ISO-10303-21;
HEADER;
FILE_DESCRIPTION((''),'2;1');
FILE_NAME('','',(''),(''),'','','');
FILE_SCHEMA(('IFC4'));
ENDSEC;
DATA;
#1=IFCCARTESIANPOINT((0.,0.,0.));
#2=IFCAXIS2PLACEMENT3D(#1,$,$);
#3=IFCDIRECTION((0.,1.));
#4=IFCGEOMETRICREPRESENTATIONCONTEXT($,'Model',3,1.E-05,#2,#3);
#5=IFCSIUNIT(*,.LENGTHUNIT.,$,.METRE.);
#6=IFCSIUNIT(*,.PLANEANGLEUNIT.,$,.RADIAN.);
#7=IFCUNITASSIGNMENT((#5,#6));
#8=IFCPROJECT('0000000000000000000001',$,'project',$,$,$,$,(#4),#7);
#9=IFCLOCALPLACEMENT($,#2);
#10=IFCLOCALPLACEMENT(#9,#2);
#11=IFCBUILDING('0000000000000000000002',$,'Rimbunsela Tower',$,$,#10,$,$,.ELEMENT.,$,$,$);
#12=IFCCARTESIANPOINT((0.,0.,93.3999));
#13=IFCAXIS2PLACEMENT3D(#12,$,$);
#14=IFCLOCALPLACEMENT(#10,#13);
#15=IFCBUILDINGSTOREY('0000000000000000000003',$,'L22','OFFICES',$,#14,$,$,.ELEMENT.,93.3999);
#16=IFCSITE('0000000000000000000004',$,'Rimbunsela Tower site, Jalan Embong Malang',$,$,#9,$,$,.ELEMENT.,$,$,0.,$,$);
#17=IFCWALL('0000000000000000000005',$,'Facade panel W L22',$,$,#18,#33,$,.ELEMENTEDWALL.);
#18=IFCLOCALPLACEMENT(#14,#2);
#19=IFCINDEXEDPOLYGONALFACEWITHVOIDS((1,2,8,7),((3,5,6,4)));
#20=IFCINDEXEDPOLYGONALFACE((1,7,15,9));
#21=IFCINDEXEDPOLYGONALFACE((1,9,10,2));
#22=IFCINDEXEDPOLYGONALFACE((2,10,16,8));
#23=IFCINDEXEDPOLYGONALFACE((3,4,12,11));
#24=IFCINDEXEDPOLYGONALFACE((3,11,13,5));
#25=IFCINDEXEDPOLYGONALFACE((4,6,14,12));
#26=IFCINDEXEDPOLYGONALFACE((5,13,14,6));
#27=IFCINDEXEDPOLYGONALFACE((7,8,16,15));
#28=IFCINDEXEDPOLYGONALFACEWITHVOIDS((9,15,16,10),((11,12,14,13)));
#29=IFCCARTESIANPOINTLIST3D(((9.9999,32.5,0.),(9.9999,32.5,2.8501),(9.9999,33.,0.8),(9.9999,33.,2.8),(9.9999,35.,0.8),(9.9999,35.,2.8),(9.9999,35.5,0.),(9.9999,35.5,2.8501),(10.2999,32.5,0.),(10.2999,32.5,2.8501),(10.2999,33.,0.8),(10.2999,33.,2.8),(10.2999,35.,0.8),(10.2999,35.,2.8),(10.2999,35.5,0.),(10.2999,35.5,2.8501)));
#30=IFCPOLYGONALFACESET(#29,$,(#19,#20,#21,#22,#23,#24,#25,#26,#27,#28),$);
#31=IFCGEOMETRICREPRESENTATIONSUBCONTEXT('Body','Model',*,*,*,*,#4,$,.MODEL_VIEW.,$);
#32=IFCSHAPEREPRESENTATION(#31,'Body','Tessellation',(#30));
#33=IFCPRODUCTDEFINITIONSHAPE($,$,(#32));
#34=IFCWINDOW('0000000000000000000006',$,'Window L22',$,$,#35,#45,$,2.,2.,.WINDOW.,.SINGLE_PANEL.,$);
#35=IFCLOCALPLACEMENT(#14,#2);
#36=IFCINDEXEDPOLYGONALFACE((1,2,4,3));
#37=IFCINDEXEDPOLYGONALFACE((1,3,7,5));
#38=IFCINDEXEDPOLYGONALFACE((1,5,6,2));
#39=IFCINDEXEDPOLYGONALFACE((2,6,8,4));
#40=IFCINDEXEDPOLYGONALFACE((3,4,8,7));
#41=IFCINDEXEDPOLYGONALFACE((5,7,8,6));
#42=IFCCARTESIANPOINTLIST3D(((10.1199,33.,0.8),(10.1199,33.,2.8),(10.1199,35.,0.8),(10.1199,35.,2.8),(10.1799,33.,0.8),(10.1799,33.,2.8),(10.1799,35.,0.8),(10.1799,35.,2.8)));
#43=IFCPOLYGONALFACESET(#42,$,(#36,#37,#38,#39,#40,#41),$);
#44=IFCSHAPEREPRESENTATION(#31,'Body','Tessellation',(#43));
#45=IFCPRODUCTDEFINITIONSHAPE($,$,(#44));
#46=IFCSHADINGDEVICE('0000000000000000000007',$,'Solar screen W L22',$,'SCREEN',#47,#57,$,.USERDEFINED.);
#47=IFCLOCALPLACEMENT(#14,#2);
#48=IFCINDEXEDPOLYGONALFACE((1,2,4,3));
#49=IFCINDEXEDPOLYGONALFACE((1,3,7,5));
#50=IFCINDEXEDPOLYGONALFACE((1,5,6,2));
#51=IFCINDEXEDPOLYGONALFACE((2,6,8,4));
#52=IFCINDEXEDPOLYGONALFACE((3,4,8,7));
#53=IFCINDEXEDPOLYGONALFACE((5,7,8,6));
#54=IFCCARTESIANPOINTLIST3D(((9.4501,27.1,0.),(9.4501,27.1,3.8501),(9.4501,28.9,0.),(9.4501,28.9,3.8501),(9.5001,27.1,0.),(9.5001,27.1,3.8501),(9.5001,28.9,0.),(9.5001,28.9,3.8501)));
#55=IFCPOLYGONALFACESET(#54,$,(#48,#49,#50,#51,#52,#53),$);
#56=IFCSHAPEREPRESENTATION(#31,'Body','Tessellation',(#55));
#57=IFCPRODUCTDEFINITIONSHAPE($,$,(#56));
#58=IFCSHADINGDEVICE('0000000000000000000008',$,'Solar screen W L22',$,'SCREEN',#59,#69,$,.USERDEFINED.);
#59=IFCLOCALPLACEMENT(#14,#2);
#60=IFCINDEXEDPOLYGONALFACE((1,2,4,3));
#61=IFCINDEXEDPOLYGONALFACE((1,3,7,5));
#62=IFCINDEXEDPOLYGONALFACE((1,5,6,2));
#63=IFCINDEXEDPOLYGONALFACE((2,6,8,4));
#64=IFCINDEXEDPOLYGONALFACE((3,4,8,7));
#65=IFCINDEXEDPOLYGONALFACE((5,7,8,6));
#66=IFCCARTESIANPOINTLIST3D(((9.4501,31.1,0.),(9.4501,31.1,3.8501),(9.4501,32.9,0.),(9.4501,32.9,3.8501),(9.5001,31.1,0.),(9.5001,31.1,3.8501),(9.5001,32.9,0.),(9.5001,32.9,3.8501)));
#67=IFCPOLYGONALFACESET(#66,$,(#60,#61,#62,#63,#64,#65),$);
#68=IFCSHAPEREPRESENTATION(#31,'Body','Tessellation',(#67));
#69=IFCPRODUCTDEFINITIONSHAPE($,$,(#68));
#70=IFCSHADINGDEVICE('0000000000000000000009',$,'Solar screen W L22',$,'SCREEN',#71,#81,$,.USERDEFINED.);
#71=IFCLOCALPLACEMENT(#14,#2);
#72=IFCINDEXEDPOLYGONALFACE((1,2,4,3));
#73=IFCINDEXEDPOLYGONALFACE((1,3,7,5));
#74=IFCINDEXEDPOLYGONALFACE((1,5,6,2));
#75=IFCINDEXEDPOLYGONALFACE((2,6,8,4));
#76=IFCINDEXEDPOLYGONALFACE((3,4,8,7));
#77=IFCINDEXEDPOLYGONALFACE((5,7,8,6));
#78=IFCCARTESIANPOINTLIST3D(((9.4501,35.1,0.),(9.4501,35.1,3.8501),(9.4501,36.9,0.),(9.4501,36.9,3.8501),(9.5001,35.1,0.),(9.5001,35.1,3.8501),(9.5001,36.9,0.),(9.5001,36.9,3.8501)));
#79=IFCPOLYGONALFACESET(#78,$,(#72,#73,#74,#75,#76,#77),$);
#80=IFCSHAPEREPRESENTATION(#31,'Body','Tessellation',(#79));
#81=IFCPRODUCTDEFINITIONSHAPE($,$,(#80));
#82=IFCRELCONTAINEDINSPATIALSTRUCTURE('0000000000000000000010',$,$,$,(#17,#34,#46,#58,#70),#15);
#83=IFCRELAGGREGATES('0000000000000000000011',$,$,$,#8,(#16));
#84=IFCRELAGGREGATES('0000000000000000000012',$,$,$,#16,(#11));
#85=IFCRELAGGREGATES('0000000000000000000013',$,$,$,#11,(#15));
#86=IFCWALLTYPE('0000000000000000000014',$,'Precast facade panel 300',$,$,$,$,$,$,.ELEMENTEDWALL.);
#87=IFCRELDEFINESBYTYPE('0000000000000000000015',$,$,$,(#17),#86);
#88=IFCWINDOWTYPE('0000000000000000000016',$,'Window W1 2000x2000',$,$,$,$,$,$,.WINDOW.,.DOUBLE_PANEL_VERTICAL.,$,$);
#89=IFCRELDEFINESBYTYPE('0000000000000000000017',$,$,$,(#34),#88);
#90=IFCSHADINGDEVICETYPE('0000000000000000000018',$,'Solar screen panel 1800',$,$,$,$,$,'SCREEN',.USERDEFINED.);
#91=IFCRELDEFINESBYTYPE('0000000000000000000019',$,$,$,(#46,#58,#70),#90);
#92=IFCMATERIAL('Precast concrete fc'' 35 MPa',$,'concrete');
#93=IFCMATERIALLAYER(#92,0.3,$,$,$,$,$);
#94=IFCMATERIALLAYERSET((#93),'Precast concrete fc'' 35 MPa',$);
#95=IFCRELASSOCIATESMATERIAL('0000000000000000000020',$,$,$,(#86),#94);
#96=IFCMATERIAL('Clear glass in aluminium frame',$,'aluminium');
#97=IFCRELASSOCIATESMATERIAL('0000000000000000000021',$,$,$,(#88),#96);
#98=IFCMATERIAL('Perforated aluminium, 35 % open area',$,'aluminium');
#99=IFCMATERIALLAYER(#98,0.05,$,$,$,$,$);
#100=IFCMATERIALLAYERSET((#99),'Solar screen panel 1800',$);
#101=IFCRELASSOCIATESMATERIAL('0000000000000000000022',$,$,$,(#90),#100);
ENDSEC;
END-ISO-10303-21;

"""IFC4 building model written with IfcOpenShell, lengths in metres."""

from ifc_helpers import new_model, si_unit, direction, frame, frame_2d, origin, origin_2d, place, context, subcontext, project, spatial, rectangle, extrude, material, layer, layer_set, type_object, element, fill, save


model = new_model("IFC4")

# Units and contexts
model_context = context("Model", 3, precision=1e-05, world=origin(), true_north=direction((0.0, 1.0)))
body_context = subcontext(model_context, "Body", "Model", "MODEL_VIEW")
ifc_project = project(units=[si_unit("LENGTHUNIT", "METRE"), si_unit("PLANEANGLEUNIT", "RADIAN")], contexts=[model_context])

# Site, building, storey
site_placement = place(None, origin())
site = spatial("IfcSite", under=ifc_project, at=site_placement, Name="Rimbunsela Tower site, Jalan Embong Malang", CompositionType="ELEMENT", RefElevation=0.0)
building_placement = place(site_placement, origin())
building = spatial("IfcBuilding", under=site, at=building_placement, Name="Rimbunsela Tower", CompositionType="ELEMENT")
storey_placement = place(building_placement, frame((0.0, 0.0, 93.3999)))
storey = spatial("IfcBuildingStorey", under=building, at=storey_placement, Name="L22", Description="OFFICES", CompositionType="ELEMENT", Elevation=93.3999)

# Wall, opening, window
ifc_material_1 = material(Name="Precast concrete fc' 35 MPa", Category="concrete")
ifc_layer_1 = layer(ifc_material_1, 0.3)
ifc_layer_set_1 = layer_set([ifc_layer_1], Name="Precast concrete fc' 35 MPa")
wall_type = type_object("IfcWallType", Name="Precast facade panel 300", PredefinedType="ELEMENTEDWALL", material=ifc_layer_set_1)
ifc_material_2 = material(Name="Clear glass in aluminium frame", Category="aluminium")
window_type = type_object("IfcWindowType", Name="Window W1 2000x2000", PartitioningType="DOUBLE_PANEL_VERTICAL", PredefinedType="WINDOW", material=ifc_material_2)
wall_1_placement = place(storey_placement, frame((10.1499, 35.5, 0.0), z_axis=(0.0, 0.0, 1.0), x_axis=(0.0, -1.0, 0.0)))
wall_1 = element("IfcWall", 1, at=wall_1_placement, inside=storey, type_object=wall_type, Name="Facade panel W L22", PredefinedType="ELEMENTEDWALL", context=body_context, shape_type="SweptSolid", body=[
    extrude(rectangle(XDim=3.0, YDim=0.3, at=frame_2d((1.5, 0.0))), origin(), (0.0, 0.0, 1.0), 2.8501),
])
opening_1_placement = place(wall_1_placement, frame((0.5, 0.0, 0.8)))
opening_1 = element("IfcOpeningElement", 2, at=opening_1_placement, cuts=wall_1, PredefinedType="OPENING", context=body_context, shape_type="SweptSolid", body=[
    extrude(rectangle(XDim=2.0, YDim=2.0, at=frame_2d((1.0, 1.0))), frame((0.0, 0.1599, 0.0), z_axis=(0.0, -1.0, 0.0), x_axis=(1.0, 0.0, 0.0)), (0.0, 0.0, 1.0), 0.3201),
])
window_1_placement = place(opening_1_placement, origin())
window_1 = element("IfcWindow", 3, at=window_1_placement, inside=storey, type_object=window_type, Name="Window L22", OverallHeight=2.0, OverallWidth=2.0, PartitioningType="SINGLE_PANEL", PredefinedType="WINDOW", context=body_context, shape_type="SweptSolid", body=[
    extrude(rectangle(XDim=2.0, YDim=2.0, at=frame_2d((1.0, 1.0))), frame((0.0, 0.03, 0.0), z_axis=(0.0, -1.0, 0.0), x_axis=(1.0, 0.0, 0.0)), (0.0, 0.0, 1.0), 0.0601),
])
fill(opening_1, window_1)

# Shading devices
ifc_material_3 = material(Name="Perforated aluminium, 35 % open area", Category="aluminium")
ifc_layer_2 = layer(ifc_material_3, 0.05)
ifc_layer_set_2 = layer_set([ifc_layer_2], Name="Solar screen panel 1800")
shading_device_type = type_object("IfcShadingDeviceType", Name="Solar screen panel 1800", ElementType="SCREEN", PredefinedType="USERDEFINED", material=ifc_layer_set_2)
for number, where, z_axis, x_axis, name in (
    (4, (9.4751, 28.0, 0.0), (0.0, 0.0, 1.0), (0.0, 1.0, 0.0), "Solar screen W L22"),
    (5, (9.4751, 32.0, 0.0), (0.0, 0.0, 1.0), (0.0, 1.0, 0.0), "Solar screen W L22"),
    (6, (9.4751, 36.0, 0.0), (0.0, 0.0, 1.0), (0.0, 1.0, 0.0), "Solar screen W L22"),
):
    element("IfcShadingDevice", number, at=place(storey_placement, frame(where, z_axis=z_axis, x_axis=x_axis)), inside=storey, type_object=shading_device_type, Name=name, ObjectType="SCREEN", PredefinedType="USERDEFINED", context=body_context, shape_type="SweptSolid", body=[
        extrude(rectangle(XDim=1.8, YDim=0.05, at=origin_2d()), origin(), (0.0, 0.0, 1.0), 3.8501),
    ])

save(model, "model.ifc")
